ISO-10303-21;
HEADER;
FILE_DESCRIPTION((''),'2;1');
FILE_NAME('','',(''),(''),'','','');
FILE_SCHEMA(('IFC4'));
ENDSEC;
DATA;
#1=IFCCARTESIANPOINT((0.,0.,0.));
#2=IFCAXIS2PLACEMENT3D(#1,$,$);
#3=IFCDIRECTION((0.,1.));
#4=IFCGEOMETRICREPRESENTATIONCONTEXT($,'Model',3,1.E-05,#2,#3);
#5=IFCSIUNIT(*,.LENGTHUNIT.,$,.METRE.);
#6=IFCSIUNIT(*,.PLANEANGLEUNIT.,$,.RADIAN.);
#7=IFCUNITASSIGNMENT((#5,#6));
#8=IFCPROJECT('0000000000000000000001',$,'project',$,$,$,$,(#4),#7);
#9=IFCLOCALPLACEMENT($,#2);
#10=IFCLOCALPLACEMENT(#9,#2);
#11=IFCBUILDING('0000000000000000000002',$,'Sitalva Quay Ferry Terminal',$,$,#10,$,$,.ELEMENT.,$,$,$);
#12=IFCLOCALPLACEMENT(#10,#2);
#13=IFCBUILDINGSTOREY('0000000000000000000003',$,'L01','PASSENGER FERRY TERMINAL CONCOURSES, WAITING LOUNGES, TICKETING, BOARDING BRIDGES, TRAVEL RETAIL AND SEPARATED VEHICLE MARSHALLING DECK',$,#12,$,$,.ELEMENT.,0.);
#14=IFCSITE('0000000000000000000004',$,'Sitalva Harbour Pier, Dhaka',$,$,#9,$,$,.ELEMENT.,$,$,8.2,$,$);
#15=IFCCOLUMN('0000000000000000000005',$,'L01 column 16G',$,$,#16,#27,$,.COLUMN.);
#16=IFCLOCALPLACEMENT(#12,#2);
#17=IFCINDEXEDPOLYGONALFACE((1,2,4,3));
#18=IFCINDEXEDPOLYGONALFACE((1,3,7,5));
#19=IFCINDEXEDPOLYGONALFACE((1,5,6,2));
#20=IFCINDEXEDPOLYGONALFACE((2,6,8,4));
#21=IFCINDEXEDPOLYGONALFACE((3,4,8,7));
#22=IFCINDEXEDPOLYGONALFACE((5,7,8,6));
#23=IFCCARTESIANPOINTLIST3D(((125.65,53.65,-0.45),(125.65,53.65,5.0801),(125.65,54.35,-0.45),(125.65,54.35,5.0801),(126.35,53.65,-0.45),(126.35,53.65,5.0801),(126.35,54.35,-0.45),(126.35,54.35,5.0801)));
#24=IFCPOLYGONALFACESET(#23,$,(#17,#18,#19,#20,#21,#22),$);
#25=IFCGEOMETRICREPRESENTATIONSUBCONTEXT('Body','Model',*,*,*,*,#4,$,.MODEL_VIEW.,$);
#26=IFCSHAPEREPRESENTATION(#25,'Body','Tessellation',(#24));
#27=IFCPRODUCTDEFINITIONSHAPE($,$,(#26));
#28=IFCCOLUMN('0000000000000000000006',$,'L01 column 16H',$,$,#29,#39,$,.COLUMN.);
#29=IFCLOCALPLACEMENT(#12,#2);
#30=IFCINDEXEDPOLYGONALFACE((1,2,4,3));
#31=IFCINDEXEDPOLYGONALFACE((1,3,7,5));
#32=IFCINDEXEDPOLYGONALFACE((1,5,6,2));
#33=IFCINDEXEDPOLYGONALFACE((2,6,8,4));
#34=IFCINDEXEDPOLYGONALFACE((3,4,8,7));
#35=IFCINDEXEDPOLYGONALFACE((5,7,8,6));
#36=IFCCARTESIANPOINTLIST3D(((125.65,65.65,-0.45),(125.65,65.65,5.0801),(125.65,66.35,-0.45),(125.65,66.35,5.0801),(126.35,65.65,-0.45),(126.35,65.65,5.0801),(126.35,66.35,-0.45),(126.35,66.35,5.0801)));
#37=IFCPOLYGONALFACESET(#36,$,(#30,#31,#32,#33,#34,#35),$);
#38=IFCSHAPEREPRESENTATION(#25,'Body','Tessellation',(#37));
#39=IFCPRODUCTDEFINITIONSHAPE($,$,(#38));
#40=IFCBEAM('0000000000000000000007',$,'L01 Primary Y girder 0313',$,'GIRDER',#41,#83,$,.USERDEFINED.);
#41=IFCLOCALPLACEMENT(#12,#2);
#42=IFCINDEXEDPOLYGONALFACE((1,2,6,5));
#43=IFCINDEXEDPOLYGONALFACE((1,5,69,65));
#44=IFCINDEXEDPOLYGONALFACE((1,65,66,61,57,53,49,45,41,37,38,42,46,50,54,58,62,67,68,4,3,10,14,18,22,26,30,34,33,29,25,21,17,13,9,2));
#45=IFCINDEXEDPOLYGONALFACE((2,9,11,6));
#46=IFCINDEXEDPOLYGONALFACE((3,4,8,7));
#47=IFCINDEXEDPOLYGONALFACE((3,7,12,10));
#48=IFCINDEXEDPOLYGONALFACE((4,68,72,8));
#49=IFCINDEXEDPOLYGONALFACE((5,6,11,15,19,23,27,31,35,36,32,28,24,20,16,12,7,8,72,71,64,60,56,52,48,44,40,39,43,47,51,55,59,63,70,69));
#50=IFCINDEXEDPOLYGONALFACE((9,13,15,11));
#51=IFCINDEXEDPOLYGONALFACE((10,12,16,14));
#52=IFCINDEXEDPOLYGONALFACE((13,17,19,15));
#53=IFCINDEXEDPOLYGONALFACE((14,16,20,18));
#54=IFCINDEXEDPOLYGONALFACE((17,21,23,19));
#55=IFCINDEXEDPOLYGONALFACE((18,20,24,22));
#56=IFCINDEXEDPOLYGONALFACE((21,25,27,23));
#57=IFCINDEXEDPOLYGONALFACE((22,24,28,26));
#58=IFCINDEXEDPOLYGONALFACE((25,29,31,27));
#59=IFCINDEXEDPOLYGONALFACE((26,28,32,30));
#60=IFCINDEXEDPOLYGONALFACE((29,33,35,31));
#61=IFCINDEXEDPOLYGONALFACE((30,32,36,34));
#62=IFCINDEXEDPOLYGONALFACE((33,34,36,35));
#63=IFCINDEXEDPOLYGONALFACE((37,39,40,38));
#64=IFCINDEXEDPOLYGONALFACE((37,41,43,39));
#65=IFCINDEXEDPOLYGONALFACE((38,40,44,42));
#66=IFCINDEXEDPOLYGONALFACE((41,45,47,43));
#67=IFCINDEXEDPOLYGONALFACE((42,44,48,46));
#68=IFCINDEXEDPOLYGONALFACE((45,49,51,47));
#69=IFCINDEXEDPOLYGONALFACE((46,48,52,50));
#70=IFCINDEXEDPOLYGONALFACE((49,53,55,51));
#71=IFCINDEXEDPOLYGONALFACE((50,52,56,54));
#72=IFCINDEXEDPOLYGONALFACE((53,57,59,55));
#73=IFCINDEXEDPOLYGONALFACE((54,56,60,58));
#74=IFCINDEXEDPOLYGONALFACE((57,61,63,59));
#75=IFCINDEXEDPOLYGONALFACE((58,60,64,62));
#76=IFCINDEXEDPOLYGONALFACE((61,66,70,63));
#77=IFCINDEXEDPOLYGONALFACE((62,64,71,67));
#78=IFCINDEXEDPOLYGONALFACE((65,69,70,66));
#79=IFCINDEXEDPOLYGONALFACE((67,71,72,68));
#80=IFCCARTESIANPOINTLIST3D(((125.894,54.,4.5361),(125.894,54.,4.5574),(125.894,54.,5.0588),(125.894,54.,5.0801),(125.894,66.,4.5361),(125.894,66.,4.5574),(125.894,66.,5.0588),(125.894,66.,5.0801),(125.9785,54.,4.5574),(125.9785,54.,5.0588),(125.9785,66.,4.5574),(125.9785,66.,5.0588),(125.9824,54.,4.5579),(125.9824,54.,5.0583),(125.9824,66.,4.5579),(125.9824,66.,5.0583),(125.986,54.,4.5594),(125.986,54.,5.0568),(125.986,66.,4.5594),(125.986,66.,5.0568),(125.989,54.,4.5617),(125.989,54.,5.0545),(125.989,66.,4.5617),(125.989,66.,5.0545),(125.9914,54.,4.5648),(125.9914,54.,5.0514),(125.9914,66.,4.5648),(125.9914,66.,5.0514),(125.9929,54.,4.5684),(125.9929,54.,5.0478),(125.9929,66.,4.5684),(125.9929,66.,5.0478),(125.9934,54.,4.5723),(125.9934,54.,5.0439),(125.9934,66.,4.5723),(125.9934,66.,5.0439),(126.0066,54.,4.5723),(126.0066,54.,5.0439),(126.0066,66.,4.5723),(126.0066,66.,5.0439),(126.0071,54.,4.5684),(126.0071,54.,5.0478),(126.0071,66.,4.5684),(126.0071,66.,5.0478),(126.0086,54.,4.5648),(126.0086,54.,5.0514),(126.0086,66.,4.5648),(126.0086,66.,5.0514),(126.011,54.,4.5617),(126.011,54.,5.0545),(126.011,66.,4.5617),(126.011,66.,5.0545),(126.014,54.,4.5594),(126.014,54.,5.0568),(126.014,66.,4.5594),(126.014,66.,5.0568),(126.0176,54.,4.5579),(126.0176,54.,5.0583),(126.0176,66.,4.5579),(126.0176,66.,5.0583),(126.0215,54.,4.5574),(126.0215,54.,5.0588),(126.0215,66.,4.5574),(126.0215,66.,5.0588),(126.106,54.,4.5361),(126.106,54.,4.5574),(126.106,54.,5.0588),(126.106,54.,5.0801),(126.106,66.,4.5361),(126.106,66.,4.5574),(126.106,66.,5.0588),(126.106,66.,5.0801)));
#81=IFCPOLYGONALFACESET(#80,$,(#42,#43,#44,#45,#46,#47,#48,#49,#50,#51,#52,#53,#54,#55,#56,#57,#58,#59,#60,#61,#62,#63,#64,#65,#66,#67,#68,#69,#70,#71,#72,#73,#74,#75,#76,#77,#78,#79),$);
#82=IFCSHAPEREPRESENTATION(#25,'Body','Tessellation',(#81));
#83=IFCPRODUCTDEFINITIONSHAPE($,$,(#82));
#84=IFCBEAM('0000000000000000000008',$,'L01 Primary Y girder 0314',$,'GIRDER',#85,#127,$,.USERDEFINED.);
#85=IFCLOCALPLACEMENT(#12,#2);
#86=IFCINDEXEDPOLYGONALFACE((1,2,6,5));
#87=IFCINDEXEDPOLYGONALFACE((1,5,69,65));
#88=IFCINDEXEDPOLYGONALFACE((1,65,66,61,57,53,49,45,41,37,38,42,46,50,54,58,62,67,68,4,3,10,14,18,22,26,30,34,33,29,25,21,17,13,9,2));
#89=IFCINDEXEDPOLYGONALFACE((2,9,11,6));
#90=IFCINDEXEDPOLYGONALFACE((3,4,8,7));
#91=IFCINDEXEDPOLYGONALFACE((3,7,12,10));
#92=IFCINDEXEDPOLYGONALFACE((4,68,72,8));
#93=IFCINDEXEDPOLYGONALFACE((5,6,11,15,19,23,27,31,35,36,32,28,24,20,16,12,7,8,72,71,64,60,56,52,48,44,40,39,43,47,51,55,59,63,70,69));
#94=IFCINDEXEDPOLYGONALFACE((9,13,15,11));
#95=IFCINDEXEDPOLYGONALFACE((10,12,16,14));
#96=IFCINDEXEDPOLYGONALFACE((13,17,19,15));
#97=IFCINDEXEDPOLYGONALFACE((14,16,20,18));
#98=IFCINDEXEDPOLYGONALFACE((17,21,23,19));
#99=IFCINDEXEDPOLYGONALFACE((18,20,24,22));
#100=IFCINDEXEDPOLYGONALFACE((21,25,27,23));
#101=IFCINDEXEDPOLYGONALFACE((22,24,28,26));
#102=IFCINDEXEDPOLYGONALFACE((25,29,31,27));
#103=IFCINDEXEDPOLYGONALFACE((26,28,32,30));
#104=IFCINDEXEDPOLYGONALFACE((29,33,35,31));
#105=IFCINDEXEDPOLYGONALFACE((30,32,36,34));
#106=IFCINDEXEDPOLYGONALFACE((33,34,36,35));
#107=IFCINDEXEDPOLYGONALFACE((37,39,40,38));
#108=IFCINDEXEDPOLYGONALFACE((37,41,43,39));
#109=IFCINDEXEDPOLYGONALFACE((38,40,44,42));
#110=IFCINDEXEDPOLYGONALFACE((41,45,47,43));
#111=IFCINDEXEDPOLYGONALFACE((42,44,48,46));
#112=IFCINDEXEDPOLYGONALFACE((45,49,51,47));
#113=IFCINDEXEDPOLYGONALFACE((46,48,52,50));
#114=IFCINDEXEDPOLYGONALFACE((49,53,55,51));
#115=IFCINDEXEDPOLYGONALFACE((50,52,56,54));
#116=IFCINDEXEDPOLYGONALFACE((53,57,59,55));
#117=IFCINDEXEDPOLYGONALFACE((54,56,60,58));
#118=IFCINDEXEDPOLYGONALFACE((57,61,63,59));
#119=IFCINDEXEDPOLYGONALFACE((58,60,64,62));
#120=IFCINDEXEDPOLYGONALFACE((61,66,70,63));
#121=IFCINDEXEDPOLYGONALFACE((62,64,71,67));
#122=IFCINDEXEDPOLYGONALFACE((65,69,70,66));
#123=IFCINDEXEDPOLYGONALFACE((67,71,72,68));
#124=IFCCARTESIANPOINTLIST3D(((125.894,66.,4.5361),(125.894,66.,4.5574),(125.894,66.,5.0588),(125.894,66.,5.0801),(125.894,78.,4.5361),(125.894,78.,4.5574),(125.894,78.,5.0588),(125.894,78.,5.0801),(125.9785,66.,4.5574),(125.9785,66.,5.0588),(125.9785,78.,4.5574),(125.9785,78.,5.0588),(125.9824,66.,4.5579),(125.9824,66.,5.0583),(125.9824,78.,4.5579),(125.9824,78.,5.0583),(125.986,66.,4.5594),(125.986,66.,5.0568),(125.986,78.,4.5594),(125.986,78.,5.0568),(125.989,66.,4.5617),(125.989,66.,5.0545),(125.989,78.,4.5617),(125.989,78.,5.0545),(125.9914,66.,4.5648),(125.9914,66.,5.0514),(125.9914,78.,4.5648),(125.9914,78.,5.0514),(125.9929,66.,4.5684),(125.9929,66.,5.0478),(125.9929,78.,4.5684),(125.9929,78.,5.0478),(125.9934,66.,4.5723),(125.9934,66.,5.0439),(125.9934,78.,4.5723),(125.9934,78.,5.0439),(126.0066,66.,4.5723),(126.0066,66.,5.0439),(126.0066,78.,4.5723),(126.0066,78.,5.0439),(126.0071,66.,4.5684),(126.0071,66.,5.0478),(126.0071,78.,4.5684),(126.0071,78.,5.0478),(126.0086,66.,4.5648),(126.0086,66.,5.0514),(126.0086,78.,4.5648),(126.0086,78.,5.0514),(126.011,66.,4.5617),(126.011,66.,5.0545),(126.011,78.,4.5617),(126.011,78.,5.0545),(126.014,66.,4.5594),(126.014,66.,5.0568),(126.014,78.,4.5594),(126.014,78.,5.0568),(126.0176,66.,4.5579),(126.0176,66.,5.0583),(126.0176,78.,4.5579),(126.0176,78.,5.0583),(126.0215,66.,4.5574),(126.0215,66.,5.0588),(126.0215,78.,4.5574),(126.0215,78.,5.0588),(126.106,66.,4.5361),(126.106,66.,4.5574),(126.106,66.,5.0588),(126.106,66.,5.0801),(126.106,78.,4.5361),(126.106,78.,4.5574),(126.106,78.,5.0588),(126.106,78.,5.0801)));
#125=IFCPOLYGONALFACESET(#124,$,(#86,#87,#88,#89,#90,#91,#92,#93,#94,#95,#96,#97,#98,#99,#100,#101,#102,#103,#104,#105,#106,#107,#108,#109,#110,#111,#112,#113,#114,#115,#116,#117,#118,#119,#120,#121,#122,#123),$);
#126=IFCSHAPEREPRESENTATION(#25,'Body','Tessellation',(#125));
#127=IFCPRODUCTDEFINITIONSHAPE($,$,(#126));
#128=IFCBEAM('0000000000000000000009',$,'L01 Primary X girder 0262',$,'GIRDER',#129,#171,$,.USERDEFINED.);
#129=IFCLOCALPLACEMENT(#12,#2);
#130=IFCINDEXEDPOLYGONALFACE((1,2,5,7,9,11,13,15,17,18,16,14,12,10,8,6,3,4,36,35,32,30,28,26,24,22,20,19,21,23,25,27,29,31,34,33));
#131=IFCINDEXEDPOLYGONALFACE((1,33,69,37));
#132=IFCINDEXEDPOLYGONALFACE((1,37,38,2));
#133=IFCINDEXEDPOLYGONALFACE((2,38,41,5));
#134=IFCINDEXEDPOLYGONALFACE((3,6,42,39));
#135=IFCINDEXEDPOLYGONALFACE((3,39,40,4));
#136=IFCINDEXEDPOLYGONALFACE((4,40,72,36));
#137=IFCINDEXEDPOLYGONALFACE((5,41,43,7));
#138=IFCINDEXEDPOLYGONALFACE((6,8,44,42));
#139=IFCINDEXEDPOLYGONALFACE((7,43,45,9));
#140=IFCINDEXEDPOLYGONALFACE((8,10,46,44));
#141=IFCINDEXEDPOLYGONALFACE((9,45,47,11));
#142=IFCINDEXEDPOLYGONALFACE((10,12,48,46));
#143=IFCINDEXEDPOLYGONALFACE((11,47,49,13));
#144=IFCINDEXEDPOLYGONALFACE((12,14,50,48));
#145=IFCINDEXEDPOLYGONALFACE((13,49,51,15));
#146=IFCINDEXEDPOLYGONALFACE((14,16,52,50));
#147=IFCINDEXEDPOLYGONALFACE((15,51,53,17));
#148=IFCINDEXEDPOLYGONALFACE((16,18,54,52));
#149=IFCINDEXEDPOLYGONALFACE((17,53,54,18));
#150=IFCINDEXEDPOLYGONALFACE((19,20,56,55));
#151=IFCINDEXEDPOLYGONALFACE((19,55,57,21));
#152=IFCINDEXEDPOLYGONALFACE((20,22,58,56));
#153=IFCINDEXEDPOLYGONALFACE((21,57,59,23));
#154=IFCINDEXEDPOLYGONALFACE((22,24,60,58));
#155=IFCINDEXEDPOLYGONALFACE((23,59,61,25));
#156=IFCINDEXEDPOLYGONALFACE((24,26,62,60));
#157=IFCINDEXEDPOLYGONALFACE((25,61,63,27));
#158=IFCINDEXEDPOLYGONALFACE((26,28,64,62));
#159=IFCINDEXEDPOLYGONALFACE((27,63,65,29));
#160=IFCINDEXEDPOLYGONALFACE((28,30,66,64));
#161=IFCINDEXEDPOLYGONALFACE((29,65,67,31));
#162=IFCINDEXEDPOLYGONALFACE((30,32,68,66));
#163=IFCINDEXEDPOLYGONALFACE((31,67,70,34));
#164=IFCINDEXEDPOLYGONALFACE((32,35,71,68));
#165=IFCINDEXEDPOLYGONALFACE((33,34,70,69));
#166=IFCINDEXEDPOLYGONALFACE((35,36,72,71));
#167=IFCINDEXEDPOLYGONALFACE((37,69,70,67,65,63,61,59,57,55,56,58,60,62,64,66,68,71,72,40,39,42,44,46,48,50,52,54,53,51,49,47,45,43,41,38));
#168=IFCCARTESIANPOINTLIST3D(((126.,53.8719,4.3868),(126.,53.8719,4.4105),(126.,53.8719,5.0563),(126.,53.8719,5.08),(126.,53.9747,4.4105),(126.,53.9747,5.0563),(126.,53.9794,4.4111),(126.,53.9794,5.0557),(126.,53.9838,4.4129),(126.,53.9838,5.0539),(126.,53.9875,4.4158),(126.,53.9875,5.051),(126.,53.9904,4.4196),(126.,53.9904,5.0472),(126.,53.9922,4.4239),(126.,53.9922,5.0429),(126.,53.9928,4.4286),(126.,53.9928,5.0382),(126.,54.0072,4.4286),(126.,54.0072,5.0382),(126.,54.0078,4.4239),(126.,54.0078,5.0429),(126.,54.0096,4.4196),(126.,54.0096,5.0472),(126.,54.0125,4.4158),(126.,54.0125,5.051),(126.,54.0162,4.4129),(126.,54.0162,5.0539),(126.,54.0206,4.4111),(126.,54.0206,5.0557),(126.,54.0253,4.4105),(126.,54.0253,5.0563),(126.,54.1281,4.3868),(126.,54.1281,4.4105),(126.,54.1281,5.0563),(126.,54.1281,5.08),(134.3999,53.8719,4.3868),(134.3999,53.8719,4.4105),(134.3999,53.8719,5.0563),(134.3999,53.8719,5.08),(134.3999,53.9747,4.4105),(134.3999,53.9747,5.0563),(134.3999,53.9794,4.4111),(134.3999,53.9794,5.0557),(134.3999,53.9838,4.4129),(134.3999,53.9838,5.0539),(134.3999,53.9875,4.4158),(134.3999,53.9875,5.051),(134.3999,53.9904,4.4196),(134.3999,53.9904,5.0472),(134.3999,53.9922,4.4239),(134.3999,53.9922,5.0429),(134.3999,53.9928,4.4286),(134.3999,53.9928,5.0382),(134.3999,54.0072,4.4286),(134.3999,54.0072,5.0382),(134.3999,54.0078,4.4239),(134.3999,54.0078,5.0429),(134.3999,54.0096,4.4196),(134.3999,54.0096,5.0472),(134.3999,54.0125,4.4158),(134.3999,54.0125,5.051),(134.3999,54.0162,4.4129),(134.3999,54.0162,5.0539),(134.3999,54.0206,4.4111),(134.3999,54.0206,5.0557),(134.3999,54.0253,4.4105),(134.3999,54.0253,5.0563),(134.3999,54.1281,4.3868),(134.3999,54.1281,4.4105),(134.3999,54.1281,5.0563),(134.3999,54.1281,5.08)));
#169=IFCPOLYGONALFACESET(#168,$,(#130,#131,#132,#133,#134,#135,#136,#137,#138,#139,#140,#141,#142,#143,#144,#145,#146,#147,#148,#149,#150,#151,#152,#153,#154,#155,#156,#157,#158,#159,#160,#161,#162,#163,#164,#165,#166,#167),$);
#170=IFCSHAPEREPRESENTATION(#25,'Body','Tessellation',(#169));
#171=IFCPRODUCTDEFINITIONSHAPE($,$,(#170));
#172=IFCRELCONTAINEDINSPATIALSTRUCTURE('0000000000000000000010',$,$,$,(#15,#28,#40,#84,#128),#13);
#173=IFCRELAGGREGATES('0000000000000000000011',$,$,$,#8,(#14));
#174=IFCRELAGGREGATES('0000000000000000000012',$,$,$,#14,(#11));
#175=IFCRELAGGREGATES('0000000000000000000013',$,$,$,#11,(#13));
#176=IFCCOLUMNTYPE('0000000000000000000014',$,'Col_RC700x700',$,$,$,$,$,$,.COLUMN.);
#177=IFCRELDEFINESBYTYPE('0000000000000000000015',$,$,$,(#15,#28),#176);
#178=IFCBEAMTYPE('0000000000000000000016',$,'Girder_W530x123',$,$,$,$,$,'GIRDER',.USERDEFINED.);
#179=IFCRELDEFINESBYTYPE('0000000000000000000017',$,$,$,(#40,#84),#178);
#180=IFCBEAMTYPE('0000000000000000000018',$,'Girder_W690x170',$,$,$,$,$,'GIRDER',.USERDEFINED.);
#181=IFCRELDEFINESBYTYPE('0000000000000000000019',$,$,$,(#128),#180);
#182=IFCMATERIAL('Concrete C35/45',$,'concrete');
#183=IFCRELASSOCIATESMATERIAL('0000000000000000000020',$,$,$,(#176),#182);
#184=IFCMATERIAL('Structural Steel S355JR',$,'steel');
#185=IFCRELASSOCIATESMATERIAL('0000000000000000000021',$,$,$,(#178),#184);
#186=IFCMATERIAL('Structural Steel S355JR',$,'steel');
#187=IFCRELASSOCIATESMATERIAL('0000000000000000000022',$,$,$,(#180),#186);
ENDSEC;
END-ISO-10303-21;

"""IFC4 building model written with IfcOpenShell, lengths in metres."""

from ifc_helpers import new_model, si_unit, direction, frame, origin, origin_2d, place, context, subcontext, project, spatial, rectangle, i_section, extrude, material, material_profile, profile_set, type_object, element, save


model = new_model("IFC4")

# Units and contexts
model_context = context("Model", 3, precision=1e-05, world=origin(), true_north=direction((0.0, 1.0)))
body_context = subcontext(model_context, "Body", "Model", "MODEL_VIEW")
ifc_project = project(units=[si_unit("LENGTHUNIT", "METRE"), si_unit("PLANEANGLEUNIT", "RADIAN")], contexts=[model_context])

# Site, building, storey
site_placement = place(None, origin())
site = spatial("IfcSite", under=ifc_project, at=site_placement, Name="Sitalva Harbour Pier, Dhaka", CompositionType="ELEMENT", RefElevation=8.2)
building_placement = place(site_placement, origin())
building = spatial("IfcBuilding", under=site, at=building_placement, Name="Sitalva Quay Ferry Terminal", CompositionType="ELEMENT")
storey_placement = place(building_placement, origin())
storey = spatial("IfcBuildingStorey", under=building, at=storey_placement, Name="L01", Description="PASSENGER FERRY TERMINAL CONCOURSES, WAITING LOUNGES, TICKETING, BOARDING BRIDGES, TRAVEL RETAIL AND SEPARATED VEHICLE MARSHALLING DECK", CompositionType="ELEMENT", Elevation=0.0)

# Columns
ifc_material_1 = material(Name="Concrete C35/45", Category="concrete")
ifc_material_profile_1 = material_profile(ifc_material_1, rectangle(XDim=0.7, YDim=0.7, at=origin_2d()), Name="RC700x700")
ifc_profile_set_1 = profile_set([ifc_material_profile_1], Name="Concrete C35/45")
column_type = type_object("IfcColumnType", Name="Col_RC700x700", PredefinedType="COLUMN", material=ifc_profile_set_1)
for number, where, z_axis, x_axis, name in (
    (1, (126.0, 54.0, -0.45), (0.0, 0.0, 1.0), (1.0, 0.0, 0.0), "L01 column 16G"),
    (2, (126.0, 66.0, -0.45), (0.0, 0.0, 1.0), (1.0, 0.0, 0.0), "L01 column 16H"),
):
    element("IfcColumn", number, at=place(storey_placement, frame(where, z_axis=z_axis, x_axis=x_axis)), inside=storey, type_object=column_type, Name=name, PredefinedType="COLUMN", context=body_context, shape_type="SweptSolid", body=[
        extrude(rectangle(XDim=0.7, YDim=0.7, at=origin_2d()), origin(), (0.0, 0.0, 1.0), 5.53),
    ])

# Beams
ifc_material_2 = material(Name="Structural Steel S355JR", Category="steel")
ifc_material_profile_2 = material_profile(ifc_material_2, i_section(OverallWidth=0.2119, OverallDepth=0.5439, WebThickness=0.0132, FlangeThickness=0.0212, FilletRadius=0.0149, at=origin_2d()), Name="W530x123")
ifc_profile_set_2 = profile_set([ifc_material_profile_2], Name="Structural Steel S355JR")
beam_type_1 = type_object("IfcBeamType", Name="Girder_W530x123", ElementType="GIRDER", PredefinedType="USERDEFINED", material=ifc_profile_set_2)
for number, where, z_axis, x_axis, name in (
    (3, (126.0, 54.0, 4.8081), (0.0, 1.0, 0.0), (-1.0, 0.0, 0.0), "L01 Primary Y girder 0313"),
    (4, (126.0, 66.0, 4.8081), (0.0, 1.0, 0.0), (-1.0, 0.0, 0.0), "L01 Primary Y girder 0314"),
):
    element("IfcBeam", number, at=place(storey_placement, frame(where, z_axis=z_axis, x_axis=x_axis)), inside=storey, type_object=beam_type_1, Name=name, ObjectType="GIRDER", PredefinedType="USERDEFINED", context=body_context, shape_type="SweptSolid", body=[
        extrude(i_section(OverallWidth=0.2119, OverallDepth=0.5439, WebThickness=0.0132, FlangeThickness=0.0212, FilletRadius=0.0149, at=origin_2d()), origin(), (0.0, 0.0, 1.0), 12.0),
    ])
ifc_material_3 = material(Name="Structural Steel S355JR", Category="steel")
ifc_material_profile_3 = material_profile(ifc_material_3, i_section(OverallWidth=0.2561, OverallDepth=0.6931, WebThickness=0.0144, FlangeThickness=0.0237, FilletRadius=0.0181, at=origin_2d()), Name="W690x170")
ifc_profile_set_3 = profile_set([ifc_material_profile_3], Name="Structural Steel S355JR")
beam_type_2 = type_object("IfcBeamType", Name="Girder_W690x170", ElementType="GIRDER", PredefinedType="USERDEFINED", material=ifc_profile_set_3)
for number, where, z_axis, x_axis, name in (
    (5, (126.0, 54.0, 4.7334), (1.0, 0.0, 0.0), (0.0, 1.0, 0.0), "L01 Primary X girder 0262"),
):
    element("IfcBeam", number, at=place(storey_placement, frame(where, z_axis=z_axis, x_axis=x_axis)), inside=storey, type_object=beam_type_2, Name=name, ObjectType="GIRDER", PredefinedType="USERDEFINED", context=body_context, shape_type="SweptSolid", body=[
        extrude(i_section(OverallWidth=0.2561, OverallDepth=0.6931, WebThickness=0.0144, FlangeThickness=0.0237, FilletRadius=0.0181, at=origin_2d()), origin(), (0.0, 0.0, 1.0), 8.3999),
    ])

save(model, "model.ifc")
